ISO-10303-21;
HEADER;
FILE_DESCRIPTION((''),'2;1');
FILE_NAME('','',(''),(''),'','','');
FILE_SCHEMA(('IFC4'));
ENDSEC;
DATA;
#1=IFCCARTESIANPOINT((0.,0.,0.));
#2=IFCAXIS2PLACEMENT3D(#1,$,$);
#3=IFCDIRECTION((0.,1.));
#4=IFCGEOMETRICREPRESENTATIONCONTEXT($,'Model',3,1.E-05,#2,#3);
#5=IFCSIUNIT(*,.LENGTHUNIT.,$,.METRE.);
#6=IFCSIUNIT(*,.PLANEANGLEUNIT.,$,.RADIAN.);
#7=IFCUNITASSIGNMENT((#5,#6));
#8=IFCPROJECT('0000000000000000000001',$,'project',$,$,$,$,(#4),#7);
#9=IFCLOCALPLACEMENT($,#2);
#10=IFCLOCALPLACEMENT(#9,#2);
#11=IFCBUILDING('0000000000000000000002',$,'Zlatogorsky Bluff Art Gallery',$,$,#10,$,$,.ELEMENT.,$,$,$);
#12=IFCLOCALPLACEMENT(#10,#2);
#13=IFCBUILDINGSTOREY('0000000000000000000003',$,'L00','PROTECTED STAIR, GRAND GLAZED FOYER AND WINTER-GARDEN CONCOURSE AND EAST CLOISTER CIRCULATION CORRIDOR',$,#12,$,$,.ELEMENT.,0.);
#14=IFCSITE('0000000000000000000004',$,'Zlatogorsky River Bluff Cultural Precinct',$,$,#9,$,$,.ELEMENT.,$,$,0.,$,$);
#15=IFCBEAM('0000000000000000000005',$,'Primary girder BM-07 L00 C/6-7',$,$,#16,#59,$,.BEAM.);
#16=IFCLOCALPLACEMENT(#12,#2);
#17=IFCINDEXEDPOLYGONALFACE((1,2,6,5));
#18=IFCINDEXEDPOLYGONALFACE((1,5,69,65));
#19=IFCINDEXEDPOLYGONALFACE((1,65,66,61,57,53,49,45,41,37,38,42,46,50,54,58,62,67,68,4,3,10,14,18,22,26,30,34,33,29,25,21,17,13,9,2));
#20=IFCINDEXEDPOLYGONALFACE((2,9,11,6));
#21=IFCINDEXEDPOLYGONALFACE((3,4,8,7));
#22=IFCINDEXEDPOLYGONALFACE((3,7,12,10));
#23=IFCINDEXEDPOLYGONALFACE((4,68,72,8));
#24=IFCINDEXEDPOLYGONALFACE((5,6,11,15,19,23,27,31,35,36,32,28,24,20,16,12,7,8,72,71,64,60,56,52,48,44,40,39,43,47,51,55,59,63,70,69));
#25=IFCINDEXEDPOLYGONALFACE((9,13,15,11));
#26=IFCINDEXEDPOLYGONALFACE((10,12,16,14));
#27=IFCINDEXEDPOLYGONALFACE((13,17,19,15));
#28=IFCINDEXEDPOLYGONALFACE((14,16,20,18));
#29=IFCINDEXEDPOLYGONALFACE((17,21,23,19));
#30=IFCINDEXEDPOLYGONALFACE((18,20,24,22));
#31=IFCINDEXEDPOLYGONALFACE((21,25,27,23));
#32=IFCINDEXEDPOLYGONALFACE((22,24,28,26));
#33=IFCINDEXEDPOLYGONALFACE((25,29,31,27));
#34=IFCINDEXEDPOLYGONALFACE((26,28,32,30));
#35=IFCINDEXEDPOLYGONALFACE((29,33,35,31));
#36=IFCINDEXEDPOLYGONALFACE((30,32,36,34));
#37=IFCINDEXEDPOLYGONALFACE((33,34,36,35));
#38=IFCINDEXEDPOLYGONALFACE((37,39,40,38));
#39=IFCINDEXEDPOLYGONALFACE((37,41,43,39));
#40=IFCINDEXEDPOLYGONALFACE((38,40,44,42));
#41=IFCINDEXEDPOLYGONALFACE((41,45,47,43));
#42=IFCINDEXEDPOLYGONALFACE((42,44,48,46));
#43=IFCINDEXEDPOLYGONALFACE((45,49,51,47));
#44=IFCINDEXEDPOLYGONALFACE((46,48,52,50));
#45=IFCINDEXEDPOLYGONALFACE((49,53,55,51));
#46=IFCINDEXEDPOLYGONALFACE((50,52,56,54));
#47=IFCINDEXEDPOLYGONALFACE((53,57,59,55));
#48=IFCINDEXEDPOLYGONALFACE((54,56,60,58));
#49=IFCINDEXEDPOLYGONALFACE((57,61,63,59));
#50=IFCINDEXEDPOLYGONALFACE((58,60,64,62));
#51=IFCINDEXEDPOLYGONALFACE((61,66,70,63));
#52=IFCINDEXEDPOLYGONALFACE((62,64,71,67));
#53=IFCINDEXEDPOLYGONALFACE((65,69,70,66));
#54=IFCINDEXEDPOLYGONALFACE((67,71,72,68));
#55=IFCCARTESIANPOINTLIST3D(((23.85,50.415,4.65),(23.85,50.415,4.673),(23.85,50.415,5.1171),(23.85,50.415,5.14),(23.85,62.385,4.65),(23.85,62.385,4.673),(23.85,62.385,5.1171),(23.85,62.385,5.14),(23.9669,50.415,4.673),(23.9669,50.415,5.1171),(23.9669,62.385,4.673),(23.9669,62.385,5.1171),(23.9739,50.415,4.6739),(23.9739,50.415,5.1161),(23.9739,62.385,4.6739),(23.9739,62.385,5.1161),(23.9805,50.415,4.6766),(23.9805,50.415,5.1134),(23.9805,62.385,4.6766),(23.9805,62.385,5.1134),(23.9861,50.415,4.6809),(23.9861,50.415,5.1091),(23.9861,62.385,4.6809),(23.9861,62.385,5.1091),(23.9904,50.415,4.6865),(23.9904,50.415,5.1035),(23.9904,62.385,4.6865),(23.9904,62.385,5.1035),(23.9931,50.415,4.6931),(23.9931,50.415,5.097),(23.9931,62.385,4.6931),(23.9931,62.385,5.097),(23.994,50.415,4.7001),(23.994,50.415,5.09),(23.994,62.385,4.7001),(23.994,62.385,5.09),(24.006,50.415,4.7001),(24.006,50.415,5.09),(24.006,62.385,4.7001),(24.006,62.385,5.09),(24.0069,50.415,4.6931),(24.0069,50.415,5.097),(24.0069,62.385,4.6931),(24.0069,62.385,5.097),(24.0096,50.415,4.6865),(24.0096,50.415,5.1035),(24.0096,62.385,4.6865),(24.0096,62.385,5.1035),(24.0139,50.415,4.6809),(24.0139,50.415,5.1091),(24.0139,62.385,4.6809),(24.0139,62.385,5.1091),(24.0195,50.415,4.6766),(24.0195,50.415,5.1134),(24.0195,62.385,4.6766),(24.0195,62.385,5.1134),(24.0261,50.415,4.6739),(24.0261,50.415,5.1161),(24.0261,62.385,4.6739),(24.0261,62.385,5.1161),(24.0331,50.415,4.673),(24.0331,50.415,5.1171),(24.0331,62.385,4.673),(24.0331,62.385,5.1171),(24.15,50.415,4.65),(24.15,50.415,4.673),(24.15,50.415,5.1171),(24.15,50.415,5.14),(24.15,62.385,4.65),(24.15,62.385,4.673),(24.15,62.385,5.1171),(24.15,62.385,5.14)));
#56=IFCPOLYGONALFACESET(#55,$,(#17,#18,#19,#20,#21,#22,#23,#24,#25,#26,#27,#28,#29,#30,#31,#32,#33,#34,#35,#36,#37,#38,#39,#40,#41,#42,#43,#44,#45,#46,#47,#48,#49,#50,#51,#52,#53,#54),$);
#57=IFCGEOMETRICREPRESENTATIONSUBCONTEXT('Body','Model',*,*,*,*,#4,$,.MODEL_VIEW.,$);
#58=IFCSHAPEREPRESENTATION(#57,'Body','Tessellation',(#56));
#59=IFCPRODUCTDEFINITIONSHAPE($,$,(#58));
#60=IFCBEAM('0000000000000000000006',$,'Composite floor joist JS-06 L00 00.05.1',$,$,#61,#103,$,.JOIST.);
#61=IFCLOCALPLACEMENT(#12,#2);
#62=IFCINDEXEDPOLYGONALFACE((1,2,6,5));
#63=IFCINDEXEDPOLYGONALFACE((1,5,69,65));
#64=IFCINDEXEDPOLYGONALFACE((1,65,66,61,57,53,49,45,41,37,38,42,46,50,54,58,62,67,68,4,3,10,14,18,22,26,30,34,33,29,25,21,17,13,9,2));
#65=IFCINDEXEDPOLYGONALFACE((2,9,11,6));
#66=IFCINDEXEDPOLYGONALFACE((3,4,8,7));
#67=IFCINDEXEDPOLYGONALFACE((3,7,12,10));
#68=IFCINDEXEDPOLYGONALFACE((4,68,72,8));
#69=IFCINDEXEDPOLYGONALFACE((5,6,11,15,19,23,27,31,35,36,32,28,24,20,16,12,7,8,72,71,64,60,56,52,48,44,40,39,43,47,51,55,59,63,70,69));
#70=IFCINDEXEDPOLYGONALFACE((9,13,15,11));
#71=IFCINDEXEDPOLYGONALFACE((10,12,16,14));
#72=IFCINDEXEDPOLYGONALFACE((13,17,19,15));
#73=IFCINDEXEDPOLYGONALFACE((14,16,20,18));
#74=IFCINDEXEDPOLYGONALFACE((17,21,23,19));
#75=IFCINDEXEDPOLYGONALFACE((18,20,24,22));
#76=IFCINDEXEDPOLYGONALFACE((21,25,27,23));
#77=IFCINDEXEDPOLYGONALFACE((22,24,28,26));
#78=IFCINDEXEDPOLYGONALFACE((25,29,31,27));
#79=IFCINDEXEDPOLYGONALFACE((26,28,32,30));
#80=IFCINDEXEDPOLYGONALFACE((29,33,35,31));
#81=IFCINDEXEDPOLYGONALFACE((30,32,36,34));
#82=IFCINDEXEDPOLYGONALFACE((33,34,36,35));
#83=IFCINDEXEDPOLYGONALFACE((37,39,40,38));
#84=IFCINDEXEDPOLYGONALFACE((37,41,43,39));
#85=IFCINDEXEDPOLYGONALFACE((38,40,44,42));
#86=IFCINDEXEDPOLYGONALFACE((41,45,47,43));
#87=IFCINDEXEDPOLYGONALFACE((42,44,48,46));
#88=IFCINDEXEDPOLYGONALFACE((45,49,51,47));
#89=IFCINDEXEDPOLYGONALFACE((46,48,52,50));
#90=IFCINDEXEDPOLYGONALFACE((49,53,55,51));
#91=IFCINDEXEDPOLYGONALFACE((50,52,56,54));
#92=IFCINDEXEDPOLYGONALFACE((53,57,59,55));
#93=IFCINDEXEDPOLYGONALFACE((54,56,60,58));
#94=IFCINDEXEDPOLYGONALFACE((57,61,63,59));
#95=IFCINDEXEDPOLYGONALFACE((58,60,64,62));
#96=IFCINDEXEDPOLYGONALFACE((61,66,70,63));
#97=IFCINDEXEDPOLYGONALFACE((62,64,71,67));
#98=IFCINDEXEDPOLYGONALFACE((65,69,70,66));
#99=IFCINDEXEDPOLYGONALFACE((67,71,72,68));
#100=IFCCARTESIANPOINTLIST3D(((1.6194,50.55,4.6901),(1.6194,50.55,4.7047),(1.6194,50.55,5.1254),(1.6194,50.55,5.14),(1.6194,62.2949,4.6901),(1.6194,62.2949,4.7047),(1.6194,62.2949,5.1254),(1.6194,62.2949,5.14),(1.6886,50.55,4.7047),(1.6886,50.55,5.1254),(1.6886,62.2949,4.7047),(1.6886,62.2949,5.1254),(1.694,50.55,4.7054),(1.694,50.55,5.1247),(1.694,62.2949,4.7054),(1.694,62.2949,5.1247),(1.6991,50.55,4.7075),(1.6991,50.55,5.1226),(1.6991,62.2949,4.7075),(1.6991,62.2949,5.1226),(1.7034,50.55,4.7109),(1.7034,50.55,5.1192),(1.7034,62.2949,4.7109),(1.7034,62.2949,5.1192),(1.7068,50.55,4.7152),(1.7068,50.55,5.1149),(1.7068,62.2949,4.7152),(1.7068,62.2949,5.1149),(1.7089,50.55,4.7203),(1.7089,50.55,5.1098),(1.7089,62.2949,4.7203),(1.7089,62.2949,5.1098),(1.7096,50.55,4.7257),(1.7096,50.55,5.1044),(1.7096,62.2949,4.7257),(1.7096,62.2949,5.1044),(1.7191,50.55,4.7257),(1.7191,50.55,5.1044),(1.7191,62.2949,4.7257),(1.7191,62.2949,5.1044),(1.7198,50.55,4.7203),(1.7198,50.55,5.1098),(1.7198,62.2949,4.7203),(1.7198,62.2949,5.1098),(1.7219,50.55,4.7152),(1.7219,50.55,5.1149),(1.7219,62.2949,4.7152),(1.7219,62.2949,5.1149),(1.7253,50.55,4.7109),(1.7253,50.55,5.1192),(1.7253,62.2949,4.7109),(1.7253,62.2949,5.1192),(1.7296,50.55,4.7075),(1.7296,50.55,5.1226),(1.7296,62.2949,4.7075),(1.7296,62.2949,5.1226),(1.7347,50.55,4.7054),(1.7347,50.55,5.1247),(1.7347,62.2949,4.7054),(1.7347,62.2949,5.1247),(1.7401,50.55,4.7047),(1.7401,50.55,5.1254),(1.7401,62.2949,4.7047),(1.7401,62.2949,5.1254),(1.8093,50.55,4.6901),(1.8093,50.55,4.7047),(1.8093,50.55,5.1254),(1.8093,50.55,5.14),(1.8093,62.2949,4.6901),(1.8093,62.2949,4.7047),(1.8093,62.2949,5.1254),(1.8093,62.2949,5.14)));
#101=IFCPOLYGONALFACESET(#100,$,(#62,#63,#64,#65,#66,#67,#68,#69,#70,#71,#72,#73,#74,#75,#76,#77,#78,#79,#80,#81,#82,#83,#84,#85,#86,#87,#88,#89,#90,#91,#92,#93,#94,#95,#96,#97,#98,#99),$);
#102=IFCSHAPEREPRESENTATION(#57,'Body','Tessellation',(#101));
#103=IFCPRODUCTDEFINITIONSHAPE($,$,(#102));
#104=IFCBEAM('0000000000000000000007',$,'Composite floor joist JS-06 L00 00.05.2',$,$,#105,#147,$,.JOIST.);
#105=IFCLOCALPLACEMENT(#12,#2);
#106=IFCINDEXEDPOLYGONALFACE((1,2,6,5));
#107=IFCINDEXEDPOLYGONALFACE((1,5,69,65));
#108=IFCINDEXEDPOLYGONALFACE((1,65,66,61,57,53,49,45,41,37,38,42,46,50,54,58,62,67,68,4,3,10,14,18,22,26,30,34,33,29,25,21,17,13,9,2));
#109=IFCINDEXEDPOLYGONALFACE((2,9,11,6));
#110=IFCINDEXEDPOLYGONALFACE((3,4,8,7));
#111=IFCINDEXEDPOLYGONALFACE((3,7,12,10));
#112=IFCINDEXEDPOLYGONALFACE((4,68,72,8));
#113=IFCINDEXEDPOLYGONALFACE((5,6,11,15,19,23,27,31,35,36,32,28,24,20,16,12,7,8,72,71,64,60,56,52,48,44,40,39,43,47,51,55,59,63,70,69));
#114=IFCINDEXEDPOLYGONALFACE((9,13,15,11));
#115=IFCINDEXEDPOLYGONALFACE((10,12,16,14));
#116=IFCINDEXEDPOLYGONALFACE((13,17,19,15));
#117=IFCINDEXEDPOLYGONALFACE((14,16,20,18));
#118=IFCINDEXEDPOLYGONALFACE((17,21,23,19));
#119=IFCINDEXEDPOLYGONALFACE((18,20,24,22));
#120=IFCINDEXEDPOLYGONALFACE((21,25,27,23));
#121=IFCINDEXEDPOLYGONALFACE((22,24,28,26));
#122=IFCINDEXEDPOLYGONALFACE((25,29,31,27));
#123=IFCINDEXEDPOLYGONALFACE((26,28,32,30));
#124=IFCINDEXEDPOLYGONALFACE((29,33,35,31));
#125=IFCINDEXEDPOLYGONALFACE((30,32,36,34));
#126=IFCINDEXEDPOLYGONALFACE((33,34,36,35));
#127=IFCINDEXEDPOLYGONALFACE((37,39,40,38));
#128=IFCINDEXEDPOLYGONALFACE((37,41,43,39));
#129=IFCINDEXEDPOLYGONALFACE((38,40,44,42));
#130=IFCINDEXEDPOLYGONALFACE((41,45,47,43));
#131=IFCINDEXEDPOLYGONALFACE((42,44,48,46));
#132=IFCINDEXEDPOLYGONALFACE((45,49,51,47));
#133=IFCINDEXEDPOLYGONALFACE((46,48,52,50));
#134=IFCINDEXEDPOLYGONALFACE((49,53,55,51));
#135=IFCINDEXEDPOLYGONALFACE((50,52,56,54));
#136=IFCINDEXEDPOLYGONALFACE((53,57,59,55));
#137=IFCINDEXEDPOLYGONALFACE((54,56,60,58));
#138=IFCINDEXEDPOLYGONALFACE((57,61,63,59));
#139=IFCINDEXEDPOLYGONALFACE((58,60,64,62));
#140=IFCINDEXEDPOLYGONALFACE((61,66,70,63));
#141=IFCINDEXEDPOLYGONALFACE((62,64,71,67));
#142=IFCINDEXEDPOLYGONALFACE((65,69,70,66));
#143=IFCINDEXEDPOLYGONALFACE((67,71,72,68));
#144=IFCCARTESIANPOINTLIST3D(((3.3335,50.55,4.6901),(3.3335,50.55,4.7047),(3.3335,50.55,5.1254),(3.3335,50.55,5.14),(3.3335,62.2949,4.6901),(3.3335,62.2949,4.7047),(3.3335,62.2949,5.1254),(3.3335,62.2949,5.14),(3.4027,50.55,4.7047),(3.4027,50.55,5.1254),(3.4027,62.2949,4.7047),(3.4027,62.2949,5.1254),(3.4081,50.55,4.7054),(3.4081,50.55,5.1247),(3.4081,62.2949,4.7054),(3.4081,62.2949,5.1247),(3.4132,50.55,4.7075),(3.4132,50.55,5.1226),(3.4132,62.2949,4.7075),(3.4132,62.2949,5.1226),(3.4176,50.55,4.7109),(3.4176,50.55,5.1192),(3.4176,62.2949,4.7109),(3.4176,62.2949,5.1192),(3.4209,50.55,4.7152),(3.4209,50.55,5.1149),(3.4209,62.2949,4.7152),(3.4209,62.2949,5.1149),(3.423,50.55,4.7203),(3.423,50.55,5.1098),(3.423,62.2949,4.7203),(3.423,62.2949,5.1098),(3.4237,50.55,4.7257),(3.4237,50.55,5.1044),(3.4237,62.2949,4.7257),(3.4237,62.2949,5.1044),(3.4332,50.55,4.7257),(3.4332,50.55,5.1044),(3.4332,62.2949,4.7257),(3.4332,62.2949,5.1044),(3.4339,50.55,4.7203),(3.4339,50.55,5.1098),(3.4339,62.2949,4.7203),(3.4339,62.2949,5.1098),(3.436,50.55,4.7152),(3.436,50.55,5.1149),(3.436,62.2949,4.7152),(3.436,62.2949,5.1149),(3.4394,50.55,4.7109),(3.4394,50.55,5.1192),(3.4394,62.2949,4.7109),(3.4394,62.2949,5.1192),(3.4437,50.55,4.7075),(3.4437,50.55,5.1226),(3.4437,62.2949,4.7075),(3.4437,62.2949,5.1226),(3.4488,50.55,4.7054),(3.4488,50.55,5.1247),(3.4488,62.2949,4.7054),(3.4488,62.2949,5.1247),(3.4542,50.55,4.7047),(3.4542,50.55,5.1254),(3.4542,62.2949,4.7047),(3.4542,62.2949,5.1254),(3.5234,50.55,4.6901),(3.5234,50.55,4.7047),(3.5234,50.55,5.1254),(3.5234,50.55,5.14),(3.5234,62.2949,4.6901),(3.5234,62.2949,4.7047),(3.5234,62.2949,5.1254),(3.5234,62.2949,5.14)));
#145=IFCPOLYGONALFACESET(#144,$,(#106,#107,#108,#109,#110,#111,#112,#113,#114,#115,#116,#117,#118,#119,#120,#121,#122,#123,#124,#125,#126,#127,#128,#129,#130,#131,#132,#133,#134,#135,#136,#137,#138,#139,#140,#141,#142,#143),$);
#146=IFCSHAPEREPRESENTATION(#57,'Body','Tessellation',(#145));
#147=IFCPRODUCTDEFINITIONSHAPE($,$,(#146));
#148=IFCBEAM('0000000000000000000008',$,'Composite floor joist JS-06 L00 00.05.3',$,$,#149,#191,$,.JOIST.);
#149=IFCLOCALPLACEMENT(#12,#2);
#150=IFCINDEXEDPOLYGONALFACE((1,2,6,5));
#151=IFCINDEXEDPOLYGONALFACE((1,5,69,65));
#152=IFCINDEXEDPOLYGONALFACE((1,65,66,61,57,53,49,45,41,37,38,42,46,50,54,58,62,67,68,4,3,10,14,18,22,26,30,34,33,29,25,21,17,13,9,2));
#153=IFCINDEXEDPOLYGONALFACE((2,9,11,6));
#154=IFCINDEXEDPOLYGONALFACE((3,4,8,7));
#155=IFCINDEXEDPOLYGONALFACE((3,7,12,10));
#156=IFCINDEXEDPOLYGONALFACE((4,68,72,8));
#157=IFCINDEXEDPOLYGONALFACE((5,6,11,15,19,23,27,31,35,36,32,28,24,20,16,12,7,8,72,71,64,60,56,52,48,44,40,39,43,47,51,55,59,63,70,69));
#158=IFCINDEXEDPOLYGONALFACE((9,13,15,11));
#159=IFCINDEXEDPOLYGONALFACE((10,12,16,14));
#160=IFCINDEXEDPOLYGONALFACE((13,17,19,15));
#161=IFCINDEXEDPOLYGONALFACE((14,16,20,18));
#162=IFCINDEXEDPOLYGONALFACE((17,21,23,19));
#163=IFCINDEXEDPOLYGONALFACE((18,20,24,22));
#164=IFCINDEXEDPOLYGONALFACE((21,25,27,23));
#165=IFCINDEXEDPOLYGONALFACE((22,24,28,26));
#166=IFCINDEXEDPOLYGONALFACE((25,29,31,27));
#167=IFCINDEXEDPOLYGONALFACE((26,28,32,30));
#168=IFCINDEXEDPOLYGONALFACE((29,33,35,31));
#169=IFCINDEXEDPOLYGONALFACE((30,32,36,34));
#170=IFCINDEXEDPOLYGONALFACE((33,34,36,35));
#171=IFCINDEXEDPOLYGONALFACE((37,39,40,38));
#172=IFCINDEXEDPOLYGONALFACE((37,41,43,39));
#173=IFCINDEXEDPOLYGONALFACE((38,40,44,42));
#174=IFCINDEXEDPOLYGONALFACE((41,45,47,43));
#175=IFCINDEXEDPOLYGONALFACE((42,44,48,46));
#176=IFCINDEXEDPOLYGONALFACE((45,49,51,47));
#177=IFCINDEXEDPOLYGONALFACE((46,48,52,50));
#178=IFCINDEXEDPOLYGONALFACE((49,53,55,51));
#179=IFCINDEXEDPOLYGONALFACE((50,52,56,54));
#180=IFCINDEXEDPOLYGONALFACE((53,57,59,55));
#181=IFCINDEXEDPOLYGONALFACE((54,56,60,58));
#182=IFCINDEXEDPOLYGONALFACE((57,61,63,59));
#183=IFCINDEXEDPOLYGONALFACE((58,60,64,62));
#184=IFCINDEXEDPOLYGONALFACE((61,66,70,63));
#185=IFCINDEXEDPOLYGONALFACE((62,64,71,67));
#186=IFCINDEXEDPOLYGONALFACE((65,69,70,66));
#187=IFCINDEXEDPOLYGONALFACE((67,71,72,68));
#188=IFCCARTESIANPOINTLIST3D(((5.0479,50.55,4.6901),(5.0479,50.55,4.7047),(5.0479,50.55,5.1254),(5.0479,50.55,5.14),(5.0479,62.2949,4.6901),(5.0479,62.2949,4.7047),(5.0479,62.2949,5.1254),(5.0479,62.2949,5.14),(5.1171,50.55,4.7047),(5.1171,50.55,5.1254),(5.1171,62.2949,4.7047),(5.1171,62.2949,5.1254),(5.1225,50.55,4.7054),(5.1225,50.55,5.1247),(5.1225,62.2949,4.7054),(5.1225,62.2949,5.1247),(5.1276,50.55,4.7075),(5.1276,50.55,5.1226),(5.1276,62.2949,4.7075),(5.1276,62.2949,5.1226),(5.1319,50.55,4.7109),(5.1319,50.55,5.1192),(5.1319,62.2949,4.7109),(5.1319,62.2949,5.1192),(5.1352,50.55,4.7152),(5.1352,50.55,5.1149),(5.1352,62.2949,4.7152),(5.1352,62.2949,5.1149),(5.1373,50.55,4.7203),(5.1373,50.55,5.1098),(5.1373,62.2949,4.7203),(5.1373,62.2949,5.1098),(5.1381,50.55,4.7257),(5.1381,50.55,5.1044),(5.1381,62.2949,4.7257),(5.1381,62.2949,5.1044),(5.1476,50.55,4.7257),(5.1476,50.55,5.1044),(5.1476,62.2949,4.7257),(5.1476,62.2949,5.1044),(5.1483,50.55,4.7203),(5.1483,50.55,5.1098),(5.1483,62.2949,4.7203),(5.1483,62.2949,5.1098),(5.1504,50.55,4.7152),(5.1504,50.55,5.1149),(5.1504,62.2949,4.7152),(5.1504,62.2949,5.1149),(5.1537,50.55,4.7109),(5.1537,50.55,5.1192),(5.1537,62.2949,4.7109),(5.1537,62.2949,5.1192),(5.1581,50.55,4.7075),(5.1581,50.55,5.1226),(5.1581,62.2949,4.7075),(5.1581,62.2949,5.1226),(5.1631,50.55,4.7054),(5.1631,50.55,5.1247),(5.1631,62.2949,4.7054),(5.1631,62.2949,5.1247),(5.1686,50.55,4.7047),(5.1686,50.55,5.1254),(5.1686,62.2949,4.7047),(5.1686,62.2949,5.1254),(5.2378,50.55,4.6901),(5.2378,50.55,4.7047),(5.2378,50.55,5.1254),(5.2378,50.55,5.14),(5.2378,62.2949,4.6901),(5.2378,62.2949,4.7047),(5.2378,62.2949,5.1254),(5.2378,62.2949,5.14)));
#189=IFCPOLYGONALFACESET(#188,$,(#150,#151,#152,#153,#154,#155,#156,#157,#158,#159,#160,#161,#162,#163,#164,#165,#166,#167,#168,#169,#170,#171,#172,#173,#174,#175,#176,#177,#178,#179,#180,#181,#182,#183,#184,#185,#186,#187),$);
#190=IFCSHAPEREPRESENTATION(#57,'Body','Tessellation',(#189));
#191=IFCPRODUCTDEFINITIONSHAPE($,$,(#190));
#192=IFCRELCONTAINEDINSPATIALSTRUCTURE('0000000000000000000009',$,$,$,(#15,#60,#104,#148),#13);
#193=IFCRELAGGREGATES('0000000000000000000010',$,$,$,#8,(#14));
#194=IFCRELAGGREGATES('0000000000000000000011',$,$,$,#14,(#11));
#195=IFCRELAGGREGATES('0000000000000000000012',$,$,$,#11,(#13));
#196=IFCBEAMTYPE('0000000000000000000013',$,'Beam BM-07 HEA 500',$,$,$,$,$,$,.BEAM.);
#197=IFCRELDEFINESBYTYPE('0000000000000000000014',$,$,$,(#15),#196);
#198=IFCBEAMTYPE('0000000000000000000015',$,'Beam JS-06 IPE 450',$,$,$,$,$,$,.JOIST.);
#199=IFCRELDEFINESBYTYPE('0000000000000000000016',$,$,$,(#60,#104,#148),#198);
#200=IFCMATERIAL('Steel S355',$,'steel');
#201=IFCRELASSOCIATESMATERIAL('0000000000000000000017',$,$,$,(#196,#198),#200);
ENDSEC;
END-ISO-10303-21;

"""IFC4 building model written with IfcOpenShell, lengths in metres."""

from ifc_helpers import new_model, si_unit, direction, frame, origin, origin_2d, place, context, subcontext, project, spatial, i_section, extrude, material, material_profile, profile_set, type_object, element, save


model = new_model("IFC4")

# Units and contexts
model_context = context("Model", 3, precision=1e-05, world=origin(), true_north=direction((0.0, 1.0)))
body_context = subcontext(model_context, "Body", "Model", "MODEL_VIEW")
ifc_project = project(units=[si_unit("LENGTHUNIT", "METRE"), si_unit("PLANEANGLEUNIT", "RADIAN")], contexts=[model_context])

# Site, building, storey
site_placement = place(None, origin())
site = spatial("IfcSite", under=ifc_project, at=site_placement, Name="Zlatogorsky River Bluff Cultural Precinct", CompositionType="ELEMENT", RefElevation=0.0)
building_placement = place(site_placement, origin())
building = spatial("IfcBuilding", under=site, at=building_placement, Name="Zlatogorsky Bluff Art Gallery", CompositionType="ELEMENT")
storey_placement = place(building_placement, origin())
storey = spatial("IfcBuildingStorey", under=building, at=storey_placement, Name="L00", Description="PROTECTED STAIR, GRAND GLAZED FOYER AND WINTER-GARDEN CONCOURSE AND EAST CLOISTER CIRCULATION CORRIDOR", CompositionType="ELEMENT", Elevation=0.0)

# Shared definitions
ifc_material_1 = material(Name="Steel S355", Category="steel")

# Beams
ifc_material_profile_1 = material_profile(ifc_material_1, i_section(OverallWidth=0.3, OverallDepth=0.49, WebThickness=0.012, FlangeThickness=0.0229, FilletRadius=0.0271, at=origin_2d()), Name="HEA 500")
ifc_profile_set_1 = profile_set([ifc_material_profile_1], Name="Steel S355")
beam_type_1 = type_object("IfcBeamType", Name="Beam BM-07 HEA 500", PredefinedType="BEAM", material=ifc_profile_set_1)
beam_1_placement = place(storey_placement, frame((24.0, 50.415, 4.895), z_axis=(0.0, 1.0, 0.0), x_axis=(-1.0, 0.0, 0.0)))
element("IfcBeam", 1, at=beam_1_placement, inside=storey, type_object=beam_type_1, Name="Primary girder BM-07 L00 C/6-7", PredefinedType="BEAM", context=body_context, shape_type="SweptSolid", body=[
    extrude(i_section(OverallWidth=0.3, OverallDepth=0.49, WebThickness=0.012, FlangeThickness=0.0229, FilletRadius=0.0271, at=origin_2d()), origin(), (0.0, 0.0, 1.0), 11.97),
])
ifc_material_profile_2 = material_profile(ifc_material_1, i_section(OverallWidth=0.1899, OverallDepth=0.45, WebThickness=0.0095, FlangeThickness=0.0146, FilletRadius=0.021, at=origin_2d()), Name="IPE 450")
ifc_profile_set_2 = profile_set([ifc_material_profile_2], Name="Steel S355")
beam_type_2 = type_object("IfcBeamType", Name="Beam JS-06 IPE 450", PredefinedType="JOIST", material=ifc_profile_set_2)
for number, where, z_axis, x_axis, name in (
    (2, (1.7144, 50.55, 4.915), (0.0, 1.0, 0.0), (-1.0, 0.0, 0.0), "Composite floor joist JS-06 L00 00.05.1"),
    (3, (3.4285, 50.55, 4.915), (0.0, 1.0, 0.0), (-1.0, 0.0, 0.0), "Composite floor joist JS-06 L00 00.05.2"),
    (4, (5.1428, 50.55, 4.915), (0.0, 1.0, 0.0), (-1.0, 0.0, 0.0), "Composite floor joist JS-06 L00 00.05.3"),
):
    element("IfcBeam", number, at=place(storey_placement, frame(where, z_axis=z_axis, x_axis=x_axis)), inside=storey, type_object=beam_type_2, Name=name, PredefinedType="JOIST", context=body_context, shape_type="SweptSolid", body=[
        extrude(i_section(OverallWidth=0.1899, OverallDepth=0.45, WebThickness=0.0095, FlangeThickness=0.0146, FilletRadius=0.021, at=origin_2d()), origin(), (0.0, 0.0, 1.0), 11.7449),
    ])

save(model, "model.ifc")
